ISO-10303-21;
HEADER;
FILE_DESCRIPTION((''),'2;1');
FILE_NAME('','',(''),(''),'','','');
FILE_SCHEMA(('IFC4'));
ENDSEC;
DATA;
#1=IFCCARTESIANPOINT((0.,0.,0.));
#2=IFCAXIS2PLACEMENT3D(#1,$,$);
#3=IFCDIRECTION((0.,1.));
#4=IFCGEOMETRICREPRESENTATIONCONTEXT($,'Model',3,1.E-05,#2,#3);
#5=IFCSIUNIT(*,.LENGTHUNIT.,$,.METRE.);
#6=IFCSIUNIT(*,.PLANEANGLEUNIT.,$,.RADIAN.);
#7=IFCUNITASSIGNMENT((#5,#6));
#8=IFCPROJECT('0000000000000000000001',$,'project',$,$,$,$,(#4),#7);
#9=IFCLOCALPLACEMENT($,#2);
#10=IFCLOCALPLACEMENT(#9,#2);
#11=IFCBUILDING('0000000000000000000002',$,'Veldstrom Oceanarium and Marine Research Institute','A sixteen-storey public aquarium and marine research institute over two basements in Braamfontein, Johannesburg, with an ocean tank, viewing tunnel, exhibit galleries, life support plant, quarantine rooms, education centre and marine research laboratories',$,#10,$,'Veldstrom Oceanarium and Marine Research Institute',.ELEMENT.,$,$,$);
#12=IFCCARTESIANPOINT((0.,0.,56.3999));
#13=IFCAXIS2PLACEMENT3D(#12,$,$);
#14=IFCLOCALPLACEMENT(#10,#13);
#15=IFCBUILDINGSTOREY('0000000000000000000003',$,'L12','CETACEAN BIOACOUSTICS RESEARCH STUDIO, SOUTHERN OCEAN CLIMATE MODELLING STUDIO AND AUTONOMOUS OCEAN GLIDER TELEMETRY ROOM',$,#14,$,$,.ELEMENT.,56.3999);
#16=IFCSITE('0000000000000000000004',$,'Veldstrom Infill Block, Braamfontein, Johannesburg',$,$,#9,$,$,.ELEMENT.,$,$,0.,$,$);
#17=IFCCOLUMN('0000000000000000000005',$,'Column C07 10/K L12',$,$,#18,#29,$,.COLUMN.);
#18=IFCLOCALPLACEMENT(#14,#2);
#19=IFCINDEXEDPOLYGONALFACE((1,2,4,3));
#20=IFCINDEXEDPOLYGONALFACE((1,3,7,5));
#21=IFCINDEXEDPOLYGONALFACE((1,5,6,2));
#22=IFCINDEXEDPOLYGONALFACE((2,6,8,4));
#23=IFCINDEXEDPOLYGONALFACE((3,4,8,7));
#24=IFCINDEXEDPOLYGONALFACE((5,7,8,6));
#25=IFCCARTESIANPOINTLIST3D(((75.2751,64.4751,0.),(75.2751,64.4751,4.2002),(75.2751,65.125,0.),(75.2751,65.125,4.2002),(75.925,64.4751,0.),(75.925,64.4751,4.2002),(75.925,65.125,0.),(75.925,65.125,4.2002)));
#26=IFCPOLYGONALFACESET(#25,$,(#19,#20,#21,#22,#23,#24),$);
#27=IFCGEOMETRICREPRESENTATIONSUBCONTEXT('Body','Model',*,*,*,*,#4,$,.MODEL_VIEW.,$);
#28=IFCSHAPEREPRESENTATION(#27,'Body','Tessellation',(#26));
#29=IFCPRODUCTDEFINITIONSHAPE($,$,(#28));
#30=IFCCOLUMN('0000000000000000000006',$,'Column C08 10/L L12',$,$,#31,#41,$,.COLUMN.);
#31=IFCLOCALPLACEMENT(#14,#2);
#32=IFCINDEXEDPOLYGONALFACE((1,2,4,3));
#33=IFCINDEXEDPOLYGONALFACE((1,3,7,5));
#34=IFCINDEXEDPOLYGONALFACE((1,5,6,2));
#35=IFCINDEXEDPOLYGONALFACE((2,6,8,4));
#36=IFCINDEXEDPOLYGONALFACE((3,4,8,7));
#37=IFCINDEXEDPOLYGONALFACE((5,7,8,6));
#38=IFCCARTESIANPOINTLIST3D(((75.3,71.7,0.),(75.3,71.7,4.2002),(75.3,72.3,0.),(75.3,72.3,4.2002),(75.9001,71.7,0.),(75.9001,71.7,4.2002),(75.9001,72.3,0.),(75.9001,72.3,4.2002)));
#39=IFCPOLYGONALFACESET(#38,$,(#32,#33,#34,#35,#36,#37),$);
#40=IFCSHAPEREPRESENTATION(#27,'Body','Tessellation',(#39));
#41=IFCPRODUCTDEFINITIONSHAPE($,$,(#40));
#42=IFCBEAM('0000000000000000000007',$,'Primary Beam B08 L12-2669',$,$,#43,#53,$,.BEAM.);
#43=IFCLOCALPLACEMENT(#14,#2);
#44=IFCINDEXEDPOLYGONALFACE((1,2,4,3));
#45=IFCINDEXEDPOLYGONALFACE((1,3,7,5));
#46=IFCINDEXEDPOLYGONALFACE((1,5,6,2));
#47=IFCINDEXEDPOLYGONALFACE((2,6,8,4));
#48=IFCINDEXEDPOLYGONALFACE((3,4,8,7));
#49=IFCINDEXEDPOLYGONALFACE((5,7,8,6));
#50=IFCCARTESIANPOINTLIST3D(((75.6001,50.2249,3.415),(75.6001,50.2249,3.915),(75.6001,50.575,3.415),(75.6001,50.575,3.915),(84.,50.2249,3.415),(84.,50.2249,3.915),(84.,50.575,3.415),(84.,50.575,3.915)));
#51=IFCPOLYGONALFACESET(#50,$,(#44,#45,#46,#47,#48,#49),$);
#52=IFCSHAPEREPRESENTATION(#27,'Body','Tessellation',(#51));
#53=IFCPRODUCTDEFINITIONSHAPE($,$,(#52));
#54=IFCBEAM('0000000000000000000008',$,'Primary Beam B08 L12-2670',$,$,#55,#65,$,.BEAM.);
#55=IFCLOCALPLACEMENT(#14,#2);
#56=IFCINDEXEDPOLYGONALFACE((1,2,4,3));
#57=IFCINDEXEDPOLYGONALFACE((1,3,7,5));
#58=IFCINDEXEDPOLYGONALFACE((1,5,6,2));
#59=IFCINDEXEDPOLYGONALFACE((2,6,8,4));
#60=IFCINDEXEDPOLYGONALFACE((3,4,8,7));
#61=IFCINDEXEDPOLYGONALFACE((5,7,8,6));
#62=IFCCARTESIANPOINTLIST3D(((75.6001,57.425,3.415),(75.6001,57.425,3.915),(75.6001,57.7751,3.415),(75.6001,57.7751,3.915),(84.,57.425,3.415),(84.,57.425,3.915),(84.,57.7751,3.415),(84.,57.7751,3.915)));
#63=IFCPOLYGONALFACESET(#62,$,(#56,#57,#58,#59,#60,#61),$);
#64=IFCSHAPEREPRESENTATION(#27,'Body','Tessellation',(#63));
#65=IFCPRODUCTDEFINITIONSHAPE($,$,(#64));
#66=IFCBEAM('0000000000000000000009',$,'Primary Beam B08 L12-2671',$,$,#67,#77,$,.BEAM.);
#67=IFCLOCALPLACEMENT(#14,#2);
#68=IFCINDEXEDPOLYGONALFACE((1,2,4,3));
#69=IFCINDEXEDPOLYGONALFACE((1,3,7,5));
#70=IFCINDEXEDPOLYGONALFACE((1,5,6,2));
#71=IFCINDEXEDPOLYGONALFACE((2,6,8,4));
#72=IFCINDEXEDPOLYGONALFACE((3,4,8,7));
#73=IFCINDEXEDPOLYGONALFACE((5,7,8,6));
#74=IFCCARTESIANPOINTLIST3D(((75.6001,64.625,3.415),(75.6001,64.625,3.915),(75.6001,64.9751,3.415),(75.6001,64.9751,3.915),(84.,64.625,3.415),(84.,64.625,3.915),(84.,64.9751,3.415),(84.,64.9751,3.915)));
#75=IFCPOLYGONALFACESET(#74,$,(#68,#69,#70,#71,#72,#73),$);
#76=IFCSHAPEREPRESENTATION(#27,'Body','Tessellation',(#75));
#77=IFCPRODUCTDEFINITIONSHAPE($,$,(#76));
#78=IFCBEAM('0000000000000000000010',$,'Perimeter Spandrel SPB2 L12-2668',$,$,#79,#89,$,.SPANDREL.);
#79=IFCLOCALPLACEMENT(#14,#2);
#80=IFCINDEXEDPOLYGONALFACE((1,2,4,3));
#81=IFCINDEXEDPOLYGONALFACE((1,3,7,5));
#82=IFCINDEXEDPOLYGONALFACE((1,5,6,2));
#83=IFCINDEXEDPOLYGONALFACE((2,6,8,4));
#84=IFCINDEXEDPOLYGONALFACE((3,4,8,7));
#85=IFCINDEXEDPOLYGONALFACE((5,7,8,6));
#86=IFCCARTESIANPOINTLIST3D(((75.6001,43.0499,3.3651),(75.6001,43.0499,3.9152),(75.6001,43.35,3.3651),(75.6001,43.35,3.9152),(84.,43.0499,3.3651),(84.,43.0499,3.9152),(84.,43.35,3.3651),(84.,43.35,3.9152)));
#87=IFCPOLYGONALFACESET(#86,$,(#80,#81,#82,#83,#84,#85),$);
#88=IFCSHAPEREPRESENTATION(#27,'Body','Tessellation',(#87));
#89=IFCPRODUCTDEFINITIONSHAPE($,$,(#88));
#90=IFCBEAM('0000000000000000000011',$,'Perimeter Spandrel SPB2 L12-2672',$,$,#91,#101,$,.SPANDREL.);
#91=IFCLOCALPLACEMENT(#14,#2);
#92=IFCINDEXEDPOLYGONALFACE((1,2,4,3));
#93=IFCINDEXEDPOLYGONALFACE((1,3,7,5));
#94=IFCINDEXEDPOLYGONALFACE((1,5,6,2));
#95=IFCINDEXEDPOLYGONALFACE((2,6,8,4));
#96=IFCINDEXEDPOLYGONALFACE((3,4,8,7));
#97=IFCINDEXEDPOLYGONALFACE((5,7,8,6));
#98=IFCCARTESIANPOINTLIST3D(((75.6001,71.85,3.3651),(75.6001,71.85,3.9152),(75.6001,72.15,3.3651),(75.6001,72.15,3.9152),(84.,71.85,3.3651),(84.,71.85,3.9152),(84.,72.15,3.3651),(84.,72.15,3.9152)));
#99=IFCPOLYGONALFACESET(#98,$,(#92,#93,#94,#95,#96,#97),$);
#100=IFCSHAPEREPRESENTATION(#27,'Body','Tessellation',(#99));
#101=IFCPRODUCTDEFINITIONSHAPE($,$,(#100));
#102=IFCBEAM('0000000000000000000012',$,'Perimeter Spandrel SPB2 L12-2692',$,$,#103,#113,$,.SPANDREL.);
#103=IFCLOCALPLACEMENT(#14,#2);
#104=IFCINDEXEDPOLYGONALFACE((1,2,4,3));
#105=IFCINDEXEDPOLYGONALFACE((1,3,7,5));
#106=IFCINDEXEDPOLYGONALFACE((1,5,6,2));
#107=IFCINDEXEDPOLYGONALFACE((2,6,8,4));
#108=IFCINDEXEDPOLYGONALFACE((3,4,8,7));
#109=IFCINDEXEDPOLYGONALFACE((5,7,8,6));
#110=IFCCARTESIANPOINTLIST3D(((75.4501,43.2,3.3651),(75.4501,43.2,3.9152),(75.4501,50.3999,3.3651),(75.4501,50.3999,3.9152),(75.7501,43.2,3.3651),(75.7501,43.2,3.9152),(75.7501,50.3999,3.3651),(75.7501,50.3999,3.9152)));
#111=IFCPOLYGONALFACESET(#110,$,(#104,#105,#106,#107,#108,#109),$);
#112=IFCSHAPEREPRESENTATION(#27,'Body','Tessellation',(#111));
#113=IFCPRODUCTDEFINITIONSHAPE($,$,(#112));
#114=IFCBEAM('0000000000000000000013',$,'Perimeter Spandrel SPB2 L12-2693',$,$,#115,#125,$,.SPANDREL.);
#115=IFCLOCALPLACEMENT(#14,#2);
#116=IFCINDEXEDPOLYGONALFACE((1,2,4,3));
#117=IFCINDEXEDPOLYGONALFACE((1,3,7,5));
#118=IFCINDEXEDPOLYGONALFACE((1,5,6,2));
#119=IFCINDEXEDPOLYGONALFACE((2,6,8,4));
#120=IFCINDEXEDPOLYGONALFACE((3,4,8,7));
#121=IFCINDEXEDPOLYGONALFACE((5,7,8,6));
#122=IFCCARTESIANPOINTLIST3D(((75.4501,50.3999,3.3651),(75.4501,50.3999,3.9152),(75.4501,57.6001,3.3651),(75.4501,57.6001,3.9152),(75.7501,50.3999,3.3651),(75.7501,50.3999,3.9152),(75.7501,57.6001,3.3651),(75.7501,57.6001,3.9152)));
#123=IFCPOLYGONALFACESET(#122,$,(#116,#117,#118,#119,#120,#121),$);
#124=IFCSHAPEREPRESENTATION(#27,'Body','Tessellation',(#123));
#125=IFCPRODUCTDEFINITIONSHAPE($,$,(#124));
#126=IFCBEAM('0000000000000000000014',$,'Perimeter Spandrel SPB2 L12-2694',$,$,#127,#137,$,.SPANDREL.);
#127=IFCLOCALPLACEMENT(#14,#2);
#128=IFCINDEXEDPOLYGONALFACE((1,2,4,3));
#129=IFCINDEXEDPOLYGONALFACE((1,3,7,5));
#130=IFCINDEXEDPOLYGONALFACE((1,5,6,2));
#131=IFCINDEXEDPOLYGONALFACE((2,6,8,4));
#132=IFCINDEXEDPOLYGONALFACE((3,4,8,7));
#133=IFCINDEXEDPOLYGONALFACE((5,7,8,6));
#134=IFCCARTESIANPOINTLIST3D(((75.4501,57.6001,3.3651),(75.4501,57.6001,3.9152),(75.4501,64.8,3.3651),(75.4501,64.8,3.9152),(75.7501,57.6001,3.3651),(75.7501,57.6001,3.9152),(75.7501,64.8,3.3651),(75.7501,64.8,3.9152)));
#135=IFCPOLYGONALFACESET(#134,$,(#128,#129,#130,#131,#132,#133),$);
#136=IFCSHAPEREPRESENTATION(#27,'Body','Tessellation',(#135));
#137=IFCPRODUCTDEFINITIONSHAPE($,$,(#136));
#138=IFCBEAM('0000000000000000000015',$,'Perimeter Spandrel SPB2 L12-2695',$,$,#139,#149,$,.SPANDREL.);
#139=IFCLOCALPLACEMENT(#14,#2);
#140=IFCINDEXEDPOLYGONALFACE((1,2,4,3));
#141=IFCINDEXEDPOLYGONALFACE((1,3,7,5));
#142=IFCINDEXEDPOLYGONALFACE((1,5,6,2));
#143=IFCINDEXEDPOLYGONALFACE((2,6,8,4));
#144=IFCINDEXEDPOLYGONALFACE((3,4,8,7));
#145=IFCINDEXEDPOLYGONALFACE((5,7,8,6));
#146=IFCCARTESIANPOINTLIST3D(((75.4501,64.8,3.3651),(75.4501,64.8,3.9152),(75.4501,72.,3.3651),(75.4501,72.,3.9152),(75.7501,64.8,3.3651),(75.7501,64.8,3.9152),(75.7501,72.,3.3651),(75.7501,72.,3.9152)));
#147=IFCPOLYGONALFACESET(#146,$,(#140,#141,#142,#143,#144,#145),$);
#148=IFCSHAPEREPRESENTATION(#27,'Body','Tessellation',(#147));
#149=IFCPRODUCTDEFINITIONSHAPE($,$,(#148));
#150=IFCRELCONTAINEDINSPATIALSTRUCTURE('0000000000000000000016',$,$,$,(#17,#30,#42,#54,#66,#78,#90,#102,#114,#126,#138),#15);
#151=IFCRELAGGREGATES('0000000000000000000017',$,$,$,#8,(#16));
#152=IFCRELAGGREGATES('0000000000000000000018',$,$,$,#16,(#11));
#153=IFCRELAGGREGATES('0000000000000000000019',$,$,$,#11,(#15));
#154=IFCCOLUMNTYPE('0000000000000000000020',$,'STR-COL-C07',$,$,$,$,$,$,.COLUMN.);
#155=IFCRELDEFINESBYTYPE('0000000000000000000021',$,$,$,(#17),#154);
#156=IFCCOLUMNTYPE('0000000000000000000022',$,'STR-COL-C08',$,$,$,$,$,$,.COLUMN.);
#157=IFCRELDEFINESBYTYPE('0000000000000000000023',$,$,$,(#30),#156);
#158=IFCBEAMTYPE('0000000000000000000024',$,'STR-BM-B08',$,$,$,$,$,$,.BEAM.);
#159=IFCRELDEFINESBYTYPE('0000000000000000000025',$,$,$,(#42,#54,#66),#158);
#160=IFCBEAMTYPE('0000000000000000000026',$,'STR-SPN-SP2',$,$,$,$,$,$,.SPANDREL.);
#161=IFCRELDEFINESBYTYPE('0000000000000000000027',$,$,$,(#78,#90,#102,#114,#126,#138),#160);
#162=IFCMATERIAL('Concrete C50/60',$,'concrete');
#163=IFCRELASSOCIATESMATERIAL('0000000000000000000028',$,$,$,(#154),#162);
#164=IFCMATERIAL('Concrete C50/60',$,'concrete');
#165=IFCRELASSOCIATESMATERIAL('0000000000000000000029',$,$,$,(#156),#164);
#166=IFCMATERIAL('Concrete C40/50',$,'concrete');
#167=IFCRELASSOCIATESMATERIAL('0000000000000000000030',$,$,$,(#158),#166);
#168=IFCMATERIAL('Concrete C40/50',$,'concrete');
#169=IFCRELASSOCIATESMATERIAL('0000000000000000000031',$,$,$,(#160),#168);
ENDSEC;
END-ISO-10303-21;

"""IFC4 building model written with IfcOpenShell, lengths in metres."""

from ifc_helpers import new_model, si_unit, direction, frame, origin, origin_2d, place, context, subcontext, project, spatial, rectangle, extrude, material, material_profile, profile_set, type_object, element, save


model = new_model("IFC4")

# Units and contexts
model_context = context("Model", 3, precision=1e-05, world=origin(), true_north=direction((0.0, 1.0)))
body_context = subcontext(model_context, "Body", "Model", "MODEL_VIEW")
ifc_project = project(units=[si_unit("LENGTHUNIT", "METRE"), si_unit("PLANEANGLEUNIT", "RADIAN")], contexts=[model_context])

# Site, building, storey
site_placement = place(None, origin())
site = spatial("IfcSite", under=ifc_project, at=site_placement, Name="Veldstrom Infill Block, Braamfontein, Johannesburg", CompositionType="ELEMENT", RefElevation=0.0)
building_placement = place(site_placement, origin())
building = spatial("IfcBuilding", under=site, at=building_placement, Name="Veldstrom Oceanarium and Marine Research Institute", Description="A sixteen-storey public aquarium and marine research institute over two basements in Braamfontein, Johannesburg, with an ocean tank, viewing tunnel, exhibit galleries, life support plant, quarantine rooms, education centre and marine research laboratories", LongName="Veldstrom Oceanarium and Marine Research Institute", CompositionType="ELEMENT")
storey_placement = place(building_placement, frame((0.0, 0.0, 56.3999)))
storey = spatial("IfcBuildingStorey", under=building, at=storey_placement, Name="L12", Description="CETACEAN BIOACOUSTICS RESEARCH STUDIO, SOUTHERN OCEAN CLIMATE MODELLING STUDIO AND AUTONOMOUS OCEAN GLIDER TELEMETRY ROOM", CompositionType="ELEMENT", Elevation=56.3999)

# Columns
ifc_material_1 = material(Name="Concrete C50/60", Category="concrete")
ifc_material_profile_1 = material_profile(ifc_material_1, rectangle(XDim=0.6499, YDim=0.6499, at=origin_2d()), Name="RC-COL-650x650")
ifc_profile_set_1 = profile_set([ifc_material_profile_1], Name="Concrete C50/60")
column_type_1 = type_object("IfcColumnType", Name="STR-COL-C07", PredefinedType="COLUMN", material=ifc_profile_set_1)
column_1_placement = place(storey_placement, frame((75.6001, 64.8, 0.0), z_axis=(0.0, 0.0, 1.0), x_axis=(1.0, 0.0, 0.0)))
element("IfcColumn", 1, at=column_1_placement, inside=storey, type_object=column_type_1, Name="Column C07 10/K L12", PredefinedType="COLUMN", context=body_context, shape_type="SweptSolid", body=[
    extrude(rectangle(XDim=0.6499, YDim=0.6499, at=origin_2d()), origin(), (0.0, 0.0, 1.0), 4.2002),
])
ifc_material_2 = material(Name="Concrete C50/60", Category="concrete")
ifc_material_profile_2 = material_profile(ifc_material_2, rectangle(XDim=0.6001, YDim=0.6001, at=origin_2d()), Name="RC-COL-600x600")
ifc_profile_set_2 = profile_set([ifc_material_profile_2], Name="Concrete C50/60")
column_type_2 = type_object("IfcColumnType", Name="STR-COL-C08", PredefinedType="COLUMN", material=ifc_profile_set_2)
column_2_placement = place(storey_placement, frame((75.6001, 72.0, 0.0), z_axis=(0.0, 0.0, 1.0), x_axis=(1.0, 0.0, 0.0)))
element("IfcColumn", 2, at=column_2_placement, inside=storey, type_object=column_type_2, Name="Column C08 10/L L12", PredefinedType="COLUMN", context=body_context, shape_type="SweptSolid", body=[
    extrude(rectangle(XDim=0.6001, YDim=0.6001, at=origin_2d()), origin(), (0.0, 0.0, 1.0), 4.2002),
])

# Beams
ifc_material_3 = material(Name="Concrete C40/50", Category="concrete")
ifc_material_profile_3 = material_profile(ifc_material_3, rectangle(XDim=0.3501, YDim=0.5, at=origin_2d()), Name="RC-BM-350x500")
ifc_profile_set_3 = profile_set([ifc_material_profile_3], Name="Concrete C40/50")
beam_type_1 = type_object("IfcBeamType", Name="STR-BM-B08", PredefinedType="BEAM", material=ifc_profile_set_3)
for number, where, z_axis, x_axis, name in (
    (3, (75.6001, 50.3999, 3.665), (1.0, 0.0, 0.0), (0.0, 1.0, 0.0), "Primary Beam B08 L12-2669"),
    (4, (75.6001, 57.6001, 3.665), (1.0, 0.0, 0.0), (0.0, 1.0, 0.0), "Primary Beam B08 L12-2670"),
    (5, (75.6001, 64.8, 3.665), (1.0, 0.0, 0.0), (0.0, 1.0, 0.0), "Primary Beam B08 L12-2671"),
):
    element("IfcBeam", number, at=place(storey_placement, frame(where, z_axis=z_axis, x_axis=x_axis)), inside=storey, type_object=beam_type_1, Name=name, PredefinedType="BEAM", context=body_context, shape_type="SweptSolid", body=[
        extrude(rectangle(XDim=0.3501, YDim=0.5, at=origin_2d()), origin(), (0.0, 0.0, 1.0), 8.3999),
    ])
ifc_material_4 = material(Name="Concrete C40/50", Category="concrete")
ifc_material_profile_4 = material_profile(ifc_material_4, rectangle(XDim=0.3, YDim=0.55, at=origin_2d()), Name="RC-SPN-300x550")
ifc_profile_set_4 = profile_set([ifc_material_profile_4], Name="Concrete C40/50")
beam_type_2 = type_object("IfcBeamType", Name="STR-SPN-SP2", PredefinedType="SPANDREL", material=ifc_profile_set_4)
for number, where, z_axis, x_axis, name in (
    (6, (75.6001, 43.2, 3.6401), (1.0, 0.0, 0.0), (0.0, 1.0, 0.0), "Perimeter Spandrel SPB2 L12-2668"),
    (7, (75.6001, 72.0, 3.6401), (1.0, 0.0, 0.0), (0.0, 1.0, 0.0), "Perimeter Spandrel SPB2 L12-2672"),
):
    element("IfcBeam", number, at=place(storey_placement, frame(where, z_axis=z_axis, x_axis=x_axis)), inside=storey, type_object=beam_type_2, Name=name, PredefinedType="SPANDREL", context=body_context, shape_type="SweptSolid", body=[
        extrude(rectangle(XDim=0.3, YDim=0.55, at=origin_2d()), origin(), (0.0, 0.0, 1.0), 8.3999),
    ])
beam_1_placement = place(storey_placement, frame((75.6001, 43.2, 3.6401), z_axis=(0.0, 1.0, 0.0), x_axis=(-1.0, 0.0, 0.0)))
element("IfcBeam", 8, at=beam_1_placement, inside=storey, type_object=beam_type_2, Name="Perimeter Spandrel SPB2 L12-2692", PredefinedType="SPANDREL", context=body_context, shape_type="SweptSolid", body=[
    extrude(rectangle(XDim=0.3, YDim=0.55, at=origin_2d()), origin(), (0.0, 0.0, 1.0), 7.2),
])
beam_2_placement = place(storey_placement, frame((75.6001, 50.3999, 3.6401), z_axis=(0.0, 1.0, 0.0), x_axis=(-1.0, 0.0, 0.0)))
element("IfcBeam", 9, at=beam_2_placement, inside=storey, type_object=beam_type_2, Name="Perimeter Spandrel SPB2 L12-2693", PredefinedType="SPANDREL", context=body_context, shape_type="SweptSolid", body=[
    extrude(rectangle(XDim=0.3, YDim=0.55, at=origin_2d()), origin(), (0.0, 0.0, 1.0), 7.2002),
])
for number, where, z_axis, x_axis, name in (
    (10, (75.6001, 57.6001, 3.6401), (0.0, 1.0, 0.0), (-1.0, 0.0, 0.0), "Perimeter Spandrel SPB2 L12-2694"),
    (11, (75.6001, 64.8, 3.6401), (0.0, 1.0, 0.0), (-1.0, 0.0, 0.0), "Perimeter Spandrel SPB2 L12-2695"),
):
    element("IfcBeam", number, at=place(storey_placement, frame(where, z_axis=z_axis, x_axis=x_axis)), inside=storey, type_object=beam_type_2, Name=name, PredefinedType="SPANDREL", context=body_context, shape_type="SweptSolid", body=[
        extrude(rectangle(XDim=0.3, YDim=0.55, at=origin_2d()), origin(), (0.0, 0.0, 1.0), 7.2),
    ])

save(model, "model.ifc")
